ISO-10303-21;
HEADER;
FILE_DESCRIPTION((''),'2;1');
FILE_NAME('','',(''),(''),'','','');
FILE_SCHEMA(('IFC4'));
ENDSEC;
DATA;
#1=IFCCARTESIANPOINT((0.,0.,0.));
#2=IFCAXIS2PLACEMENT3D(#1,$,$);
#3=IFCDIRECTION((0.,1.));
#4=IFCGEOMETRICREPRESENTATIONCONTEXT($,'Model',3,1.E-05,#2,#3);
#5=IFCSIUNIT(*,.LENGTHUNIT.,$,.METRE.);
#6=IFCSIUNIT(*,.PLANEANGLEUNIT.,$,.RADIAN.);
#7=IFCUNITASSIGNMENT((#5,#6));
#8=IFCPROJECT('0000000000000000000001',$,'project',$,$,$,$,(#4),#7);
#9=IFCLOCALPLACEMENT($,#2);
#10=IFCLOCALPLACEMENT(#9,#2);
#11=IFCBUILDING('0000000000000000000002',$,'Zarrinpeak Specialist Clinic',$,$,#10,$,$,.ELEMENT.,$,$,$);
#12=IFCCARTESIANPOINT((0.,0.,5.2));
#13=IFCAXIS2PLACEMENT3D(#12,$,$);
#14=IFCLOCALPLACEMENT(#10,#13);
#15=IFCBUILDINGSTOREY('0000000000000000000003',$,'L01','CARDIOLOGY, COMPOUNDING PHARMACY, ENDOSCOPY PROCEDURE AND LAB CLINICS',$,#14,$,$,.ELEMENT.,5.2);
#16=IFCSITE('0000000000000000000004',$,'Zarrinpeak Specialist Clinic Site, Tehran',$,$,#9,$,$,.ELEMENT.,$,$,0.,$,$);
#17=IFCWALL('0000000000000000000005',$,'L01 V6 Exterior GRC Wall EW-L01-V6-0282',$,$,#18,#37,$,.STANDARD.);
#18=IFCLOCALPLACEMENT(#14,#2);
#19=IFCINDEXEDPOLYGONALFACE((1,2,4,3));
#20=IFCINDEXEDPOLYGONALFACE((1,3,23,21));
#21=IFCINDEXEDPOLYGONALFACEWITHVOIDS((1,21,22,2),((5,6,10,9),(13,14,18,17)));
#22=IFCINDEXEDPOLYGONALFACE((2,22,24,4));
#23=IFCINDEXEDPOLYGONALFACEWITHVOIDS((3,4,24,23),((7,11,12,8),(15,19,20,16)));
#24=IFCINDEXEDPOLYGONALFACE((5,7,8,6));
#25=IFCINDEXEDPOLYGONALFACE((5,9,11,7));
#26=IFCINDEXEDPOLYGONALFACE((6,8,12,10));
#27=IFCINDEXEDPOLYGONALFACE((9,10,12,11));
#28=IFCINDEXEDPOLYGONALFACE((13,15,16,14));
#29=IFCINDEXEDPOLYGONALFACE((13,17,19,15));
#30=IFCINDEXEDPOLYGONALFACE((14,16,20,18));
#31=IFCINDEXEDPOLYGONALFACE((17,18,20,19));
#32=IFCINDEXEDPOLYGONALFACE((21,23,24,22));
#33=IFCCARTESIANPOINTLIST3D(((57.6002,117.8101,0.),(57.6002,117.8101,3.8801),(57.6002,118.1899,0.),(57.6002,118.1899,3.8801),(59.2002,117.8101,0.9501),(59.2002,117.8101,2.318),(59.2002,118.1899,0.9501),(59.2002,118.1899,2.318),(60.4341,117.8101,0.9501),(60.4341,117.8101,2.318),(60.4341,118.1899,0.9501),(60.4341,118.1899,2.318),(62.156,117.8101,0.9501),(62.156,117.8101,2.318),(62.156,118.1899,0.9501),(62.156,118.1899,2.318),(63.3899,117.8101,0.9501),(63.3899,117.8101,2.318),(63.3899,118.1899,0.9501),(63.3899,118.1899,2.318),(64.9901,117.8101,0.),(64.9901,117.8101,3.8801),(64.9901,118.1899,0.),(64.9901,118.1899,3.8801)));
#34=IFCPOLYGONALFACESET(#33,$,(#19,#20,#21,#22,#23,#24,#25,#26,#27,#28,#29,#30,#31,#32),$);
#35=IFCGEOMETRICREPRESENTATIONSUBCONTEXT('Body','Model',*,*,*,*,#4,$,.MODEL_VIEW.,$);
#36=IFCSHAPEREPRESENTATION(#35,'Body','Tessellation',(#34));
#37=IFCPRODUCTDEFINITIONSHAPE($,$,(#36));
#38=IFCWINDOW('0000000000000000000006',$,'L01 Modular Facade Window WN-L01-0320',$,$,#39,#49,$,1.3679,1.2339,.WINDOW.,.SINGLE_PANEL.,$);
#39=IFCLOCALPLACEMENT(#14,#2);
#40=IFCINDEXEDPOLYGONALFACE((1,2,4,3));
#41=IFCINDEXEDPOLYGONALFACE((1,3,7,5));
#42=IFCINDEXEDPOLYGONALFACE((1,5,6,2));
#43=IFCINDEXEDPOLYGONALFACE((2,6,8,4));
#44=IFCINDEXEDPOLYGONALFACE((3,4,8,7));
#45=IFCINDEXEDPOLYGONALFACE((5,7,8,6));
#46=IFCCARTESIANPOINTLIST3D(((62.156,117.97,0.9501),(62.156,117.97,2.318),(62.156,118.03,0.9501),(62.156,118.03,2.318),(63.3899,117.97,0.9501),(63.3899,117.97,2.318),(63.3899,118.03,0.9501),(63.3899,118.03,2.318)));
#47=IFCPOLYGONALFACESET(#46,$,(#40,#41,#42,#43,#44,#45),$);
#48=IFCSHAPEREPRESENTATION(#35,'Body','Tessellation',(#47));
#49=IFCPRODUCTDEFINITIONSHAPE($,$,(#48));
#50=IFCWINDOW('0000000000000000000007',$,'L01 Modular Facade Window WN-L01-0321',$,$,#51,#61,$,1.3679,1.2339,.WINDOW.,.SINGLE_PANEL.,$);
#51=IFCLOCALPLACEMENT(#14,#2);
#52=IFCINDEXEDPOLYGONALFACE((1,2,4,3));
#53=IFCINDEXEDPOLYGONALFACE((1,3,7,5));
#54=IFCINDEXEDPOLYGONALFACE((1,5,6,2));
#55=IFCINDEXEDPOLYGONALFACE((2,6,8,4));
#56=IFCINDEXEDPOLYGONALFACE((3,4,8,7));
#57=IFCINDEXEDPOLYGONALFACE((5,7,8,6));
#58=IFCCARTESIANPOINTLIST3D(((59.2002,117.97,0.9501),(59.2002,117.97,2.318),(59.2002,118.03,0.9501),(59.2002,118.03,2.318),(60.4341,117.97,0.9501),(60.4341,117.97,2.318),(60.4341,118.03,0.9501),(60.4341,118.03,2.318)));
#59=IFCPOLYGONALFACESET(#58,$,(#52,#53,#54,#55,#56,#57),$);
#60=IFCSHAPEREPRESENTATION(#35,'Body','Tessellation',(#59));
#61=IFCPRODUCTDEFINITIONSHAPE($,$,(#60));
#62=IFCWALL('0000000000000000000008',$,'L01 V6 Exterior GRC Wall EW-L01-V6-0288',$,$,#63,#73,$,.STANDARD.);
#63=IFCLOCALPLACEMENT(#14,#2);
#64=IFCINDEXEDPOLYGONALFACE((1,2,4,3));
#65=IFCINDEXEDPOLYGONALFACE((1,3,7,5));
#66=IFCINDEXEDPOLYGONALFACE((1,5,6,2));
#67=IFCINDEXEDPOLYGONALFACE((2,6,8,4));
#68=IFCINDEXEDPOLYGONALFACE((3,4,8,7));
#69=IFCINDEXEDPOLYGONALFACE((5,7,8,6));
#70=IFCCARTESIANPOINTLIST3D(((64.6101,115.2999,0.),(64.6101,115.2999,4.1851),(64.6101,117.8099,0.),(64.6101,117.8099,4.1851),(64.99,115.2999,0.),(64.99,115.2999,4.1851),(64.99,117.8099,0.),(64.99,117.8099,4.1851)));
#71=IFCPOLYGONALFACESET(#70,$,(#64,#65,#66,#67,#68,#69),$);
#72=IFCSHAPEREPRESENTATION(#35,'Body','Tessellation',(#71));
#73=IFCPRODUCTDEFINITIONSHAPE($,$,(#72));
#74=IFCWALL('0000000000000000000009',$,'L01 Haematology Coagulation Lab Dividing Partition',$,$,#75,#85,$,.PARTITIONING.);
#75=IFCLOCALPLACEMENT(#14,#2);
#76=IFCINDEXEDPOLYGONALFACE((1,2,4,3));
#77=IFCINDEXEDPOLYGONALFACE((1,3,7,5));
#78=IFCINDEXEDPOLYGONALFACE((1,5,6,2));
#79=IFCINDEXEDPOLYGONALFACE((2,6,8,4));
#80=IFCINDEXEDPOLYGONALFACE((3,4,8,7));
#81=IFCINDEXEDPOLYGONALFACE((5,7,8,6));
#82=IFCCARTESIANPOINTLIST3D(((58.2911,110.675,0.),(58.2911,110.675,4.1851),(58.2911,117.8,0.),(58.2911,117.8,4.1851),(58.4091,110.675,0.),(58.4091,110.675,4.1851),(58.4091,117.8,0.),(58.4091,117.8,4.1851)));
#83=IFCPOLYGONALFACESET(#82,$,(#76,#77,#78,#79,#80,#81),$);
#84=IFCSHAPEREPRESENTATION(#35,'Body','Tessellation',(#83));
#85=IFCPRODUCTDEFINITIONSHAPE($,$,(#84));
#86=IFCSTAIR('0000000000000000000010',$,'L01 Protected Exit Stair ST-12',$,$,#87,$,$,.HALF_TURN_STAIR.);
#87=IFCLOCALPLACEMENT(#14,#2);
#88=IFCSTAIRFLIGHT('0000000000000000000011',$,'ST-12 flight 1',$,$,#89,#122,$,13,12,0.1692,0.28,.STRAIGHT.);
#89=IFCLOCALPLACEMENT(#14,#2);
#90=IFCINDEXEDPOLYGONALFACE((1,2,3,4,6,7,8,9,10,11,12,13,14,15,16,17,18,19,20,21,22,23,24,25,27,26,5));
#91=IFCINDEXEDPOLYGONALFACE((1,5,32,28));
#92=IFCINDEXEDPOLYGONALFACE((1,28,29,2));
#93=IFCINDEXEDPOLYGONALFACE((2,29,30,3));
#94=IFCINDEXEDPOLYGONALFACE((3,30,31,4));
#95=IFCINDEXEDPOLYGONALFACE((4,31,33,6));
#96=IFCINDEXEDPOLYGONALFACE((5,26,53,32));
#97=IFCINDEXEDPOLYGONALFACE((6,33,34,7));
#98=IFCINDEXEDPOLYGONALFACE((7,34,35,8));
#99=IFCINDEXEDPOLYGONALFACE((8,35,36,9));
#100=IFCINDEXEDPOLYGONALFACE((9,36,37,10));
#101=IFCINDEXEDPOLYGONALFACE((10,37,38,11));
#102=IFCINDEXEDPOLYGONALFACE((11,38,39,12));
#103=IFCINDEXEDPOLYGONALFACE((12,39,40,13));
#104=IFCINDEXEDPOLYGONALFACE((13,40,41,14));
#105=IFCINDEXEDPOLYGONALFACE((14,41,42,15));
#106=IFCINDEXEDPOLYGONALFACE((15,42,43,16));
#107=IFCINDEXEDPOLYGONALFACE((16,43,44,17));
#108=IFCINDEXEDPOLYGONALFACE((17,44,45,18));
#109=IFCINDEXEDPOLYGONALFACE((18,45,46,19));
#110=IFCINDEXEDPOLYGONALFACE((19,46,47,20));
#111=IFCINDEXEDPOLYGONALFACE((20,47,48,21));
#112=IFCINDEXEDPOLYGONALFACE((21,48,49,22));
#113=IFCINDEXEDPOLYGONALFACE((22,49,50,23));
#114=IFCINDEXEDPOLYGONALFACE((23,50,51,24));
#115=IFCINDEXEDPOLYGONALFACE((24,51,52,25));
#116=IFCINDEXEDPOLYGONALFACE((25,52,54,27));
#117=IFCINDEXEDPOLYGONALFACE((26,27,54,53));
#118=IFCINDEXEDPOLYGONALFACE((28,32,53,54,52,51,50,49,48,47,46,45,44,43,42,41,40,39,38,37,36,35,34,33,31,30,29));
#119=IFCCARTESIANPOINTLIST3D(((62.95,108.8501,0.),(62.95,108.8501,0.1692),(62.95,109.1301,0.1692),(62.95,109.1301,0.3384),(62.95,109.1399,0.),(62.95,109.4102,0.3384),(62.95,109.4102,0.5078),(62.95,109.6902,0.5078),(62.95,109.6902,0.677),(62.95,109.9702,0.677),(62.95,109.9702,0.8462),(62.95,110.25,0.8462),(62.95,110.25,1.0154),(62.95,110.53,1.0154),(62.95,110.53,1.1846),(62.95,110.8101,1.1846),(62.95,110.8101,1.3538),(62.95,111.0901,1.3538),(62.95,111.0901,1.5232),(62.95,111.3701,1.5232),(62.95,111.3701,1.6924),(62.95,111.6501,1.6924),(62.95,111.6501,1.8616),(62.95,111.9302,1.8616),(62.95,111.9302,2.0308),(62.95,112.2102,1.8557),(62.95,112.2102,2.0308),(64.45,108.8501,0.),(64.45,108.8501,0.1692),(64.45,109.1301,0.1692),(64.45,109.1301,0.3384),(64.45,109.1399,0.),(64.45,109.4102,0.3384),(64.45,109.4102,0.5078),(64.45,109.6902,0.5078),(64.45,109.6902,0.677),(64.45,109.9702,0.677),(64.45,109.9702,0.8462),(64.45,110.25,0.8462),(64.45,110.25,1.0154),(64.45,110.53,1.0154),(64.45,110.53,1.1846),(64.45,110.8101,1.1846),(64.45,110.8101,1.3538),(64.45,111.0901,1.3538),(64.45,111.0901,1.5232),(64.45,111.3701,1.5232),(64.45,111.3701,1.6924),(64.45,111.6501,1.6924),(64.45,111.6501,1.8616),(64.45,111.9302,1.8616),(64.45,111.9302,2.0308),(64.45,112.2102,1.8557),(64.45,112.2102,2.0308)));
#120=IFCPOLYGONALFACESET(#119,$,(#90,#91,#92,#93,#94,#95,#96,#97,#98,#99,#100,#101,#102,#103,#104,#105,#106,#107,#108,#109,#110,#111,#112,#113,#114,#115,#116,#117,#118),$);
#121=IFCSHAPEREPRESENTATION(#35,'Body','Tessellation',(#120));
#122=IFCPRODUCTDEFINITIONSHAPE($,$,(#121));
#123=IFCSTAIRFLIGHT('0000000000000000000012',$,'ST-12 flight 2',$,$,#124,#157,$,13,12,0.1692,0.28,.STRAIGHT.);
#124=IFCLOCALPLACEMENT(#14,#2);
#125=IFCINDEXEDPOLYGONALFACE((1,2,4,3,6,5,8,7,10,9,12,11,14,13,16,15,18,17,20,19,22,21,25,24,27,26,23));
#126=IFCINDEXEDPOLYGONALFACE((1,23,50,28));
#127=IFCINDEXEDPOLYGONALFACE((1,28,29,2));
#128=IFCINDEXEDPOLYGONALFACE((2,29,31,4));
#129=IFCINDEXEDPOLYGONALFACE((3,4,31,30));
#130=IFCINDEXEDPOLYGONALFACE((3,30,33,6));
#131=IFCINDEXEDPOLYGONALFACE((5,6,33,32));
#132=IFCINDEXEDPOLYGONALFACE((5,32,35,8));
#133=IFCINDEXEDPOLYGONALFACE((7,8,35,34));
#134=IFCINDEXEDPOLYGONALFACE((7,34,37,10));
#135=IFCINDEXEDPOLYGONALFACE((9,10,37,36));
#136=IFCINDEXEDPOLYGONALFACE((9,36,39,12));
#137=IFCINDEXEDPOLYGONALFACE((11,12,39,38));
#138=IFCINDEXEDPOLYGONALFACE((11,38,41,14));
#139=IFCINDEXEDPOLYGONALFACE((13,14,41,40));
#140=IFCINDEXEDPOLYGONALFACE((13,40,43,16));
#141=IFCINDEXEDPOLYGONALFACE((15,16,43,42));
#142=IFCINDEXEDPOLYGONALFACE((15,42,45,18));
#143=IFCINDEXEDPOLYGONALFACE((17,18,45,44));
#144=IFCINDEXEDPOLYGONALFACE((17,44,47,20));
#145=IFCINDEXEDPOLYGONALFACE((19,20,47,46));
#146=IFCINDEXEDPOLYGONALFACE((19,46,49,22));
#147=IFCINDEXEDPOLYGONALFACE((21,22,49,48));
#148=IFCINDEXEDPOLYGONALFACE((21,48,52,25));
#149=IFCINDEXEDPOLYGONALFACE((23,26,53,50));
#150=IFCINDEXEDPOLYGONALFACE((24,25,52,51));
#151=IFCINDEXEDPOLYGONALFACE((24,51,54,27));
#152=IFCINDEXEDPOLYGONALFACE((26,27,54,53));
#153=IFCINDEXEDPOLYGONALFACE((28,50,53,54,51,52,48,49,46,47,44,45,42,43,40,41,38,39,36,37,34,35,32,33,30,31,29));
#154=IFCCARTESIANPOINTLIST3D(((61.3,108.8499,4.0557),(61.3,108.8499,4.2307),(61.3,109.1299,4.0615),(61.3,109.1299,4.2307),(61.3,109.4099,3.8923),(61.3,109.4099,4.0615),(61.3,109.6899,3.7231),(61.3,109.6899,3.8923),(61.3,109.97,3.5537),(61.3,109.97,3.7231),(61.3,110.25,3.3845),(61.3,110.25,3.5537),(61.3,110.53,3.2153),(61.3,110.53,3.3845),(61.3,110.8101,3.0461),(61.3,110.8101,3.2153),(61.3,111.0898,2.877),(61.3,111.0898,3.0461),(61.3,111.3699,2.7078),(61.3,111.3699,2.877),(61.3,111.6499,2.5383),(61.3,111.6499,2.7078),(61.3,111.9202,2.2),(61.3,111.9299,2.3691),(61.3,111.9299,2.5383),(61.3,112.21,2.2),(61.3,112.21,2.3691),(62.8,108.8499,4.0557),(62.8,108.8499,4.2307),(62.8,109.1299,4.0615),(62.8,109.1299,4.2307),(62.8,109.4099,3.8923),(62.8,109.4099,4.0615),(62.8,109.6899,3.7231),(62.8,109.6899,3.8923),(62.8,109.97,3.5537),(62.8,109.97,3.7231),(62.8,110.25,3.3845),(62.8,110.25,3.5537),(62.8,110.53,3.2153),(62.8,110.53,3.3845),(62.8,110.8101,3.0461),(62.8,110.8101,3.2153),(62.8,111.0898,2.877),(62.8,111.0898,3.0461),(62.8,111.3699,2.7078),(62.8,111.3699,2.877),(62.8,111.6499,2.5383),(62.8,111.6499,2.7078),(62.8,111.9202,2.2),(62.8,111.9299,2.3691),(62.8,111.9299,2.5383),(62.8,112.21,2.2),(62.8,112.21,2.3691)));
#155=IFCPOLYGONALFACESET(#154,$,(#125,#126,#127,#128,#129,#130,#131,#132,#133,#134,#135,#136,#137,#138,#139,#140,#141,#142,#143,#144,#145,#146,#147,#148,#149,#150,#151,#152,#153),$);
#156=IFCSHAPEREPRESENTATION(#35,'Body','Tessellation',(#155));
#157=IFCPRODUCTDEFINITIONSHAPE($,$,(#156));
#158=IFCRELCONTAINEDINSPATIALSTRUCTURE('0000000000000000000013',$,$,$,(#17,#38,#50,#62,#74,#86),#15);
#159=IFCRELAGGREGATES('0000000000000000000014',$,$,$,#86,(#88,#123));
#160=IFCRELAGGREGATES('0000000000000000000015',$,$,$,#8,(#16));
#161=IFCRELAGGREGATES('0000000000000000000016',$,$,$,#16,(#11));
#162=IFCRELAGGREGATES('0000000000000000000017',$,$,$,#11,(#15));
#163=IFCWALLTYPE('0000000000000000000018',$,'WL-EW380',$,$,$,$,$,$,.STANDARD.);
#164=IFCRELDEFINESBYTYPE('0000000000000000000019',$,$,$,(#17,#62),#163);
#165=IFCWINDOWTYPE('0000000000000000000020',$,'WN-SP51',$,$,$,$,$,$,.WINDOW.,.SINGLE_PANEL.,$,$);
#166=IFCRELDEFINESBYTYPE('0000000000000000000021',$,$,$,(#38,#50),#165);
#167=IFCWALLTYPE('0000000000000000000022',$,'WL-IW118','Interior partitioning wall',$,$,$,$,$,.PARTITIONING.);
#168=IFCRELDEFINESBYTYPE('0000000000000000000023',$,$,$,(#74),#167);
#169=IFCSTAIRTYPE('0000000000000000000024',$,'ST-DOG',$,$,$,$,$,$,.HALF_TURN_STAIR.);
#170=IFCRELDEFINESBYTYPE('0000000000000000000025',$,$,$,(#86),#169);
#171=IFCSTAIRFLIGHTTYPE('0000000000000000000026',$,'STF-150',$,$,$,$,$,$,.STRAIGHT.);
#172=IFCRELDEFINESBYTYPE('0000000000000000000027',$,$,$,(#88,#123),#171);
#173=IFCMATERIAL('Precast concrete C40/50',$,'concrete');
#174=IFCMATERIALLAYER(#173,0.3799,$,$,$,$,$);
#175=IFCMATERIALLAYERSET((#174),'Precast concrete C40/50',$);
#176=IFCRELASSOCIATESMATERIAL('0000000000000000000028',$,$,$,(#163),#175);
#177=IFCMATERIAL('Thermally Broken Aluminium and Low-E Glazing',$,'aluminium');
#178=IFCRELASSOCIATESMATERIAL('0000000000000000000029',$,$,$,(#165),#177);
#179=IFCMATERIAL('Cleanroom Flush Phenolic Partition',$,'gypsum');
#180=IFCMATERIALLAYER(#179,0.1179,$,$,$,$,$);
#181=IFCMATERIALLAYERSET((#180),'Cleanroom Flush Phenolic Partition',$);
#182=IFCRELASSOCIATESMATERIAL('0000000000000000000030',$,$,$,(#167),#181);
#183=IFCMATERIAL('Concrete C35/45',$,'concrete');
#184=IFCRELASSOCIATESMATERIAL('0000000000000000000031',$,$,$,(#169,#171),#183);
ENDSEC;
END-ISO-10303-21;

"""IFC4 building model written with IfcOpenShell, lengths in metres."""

from ifc_helpers import new_model, si_unit, direction, frame, frame_2d, origin, place, context, subcontext, project, spatial, polyline, rectangle, outline, extrude, material, layer, layer_set, type_object, element, fill, aggregate, save


model = new_model("IFC4")

# Units and contexts
model_context = context("Model", 3, precision=1e-05, world=origin(), true_north=direction((0.0, 1.0)))
body_context = subcontext(model_context, "Body", "Model", "MODEL_VIEW")
ifc_project = project(units=[si_unit("LENGTHUNIT", "METRE"), si_unit("PLANEANGLEUNIT", "RADIAN")], contexts=[model_context])

# Site, building, storey
site_placement = place(None, origin())
site = spatial("IfcSite", under=ifc_project, at=site_placement, Name="Zarrinpeak Specialist Clinic Site, Tehran", CompositionType="ELEMENT", RefElevation=0.0)
building_placement = place(site_placement, origin())
building = spatial("IfcBuilding", under=site, at=building_placement, Name="Zarrinpeak Specialist Clinic", CompositionType="ELEMENT")
storey_placement = place(building_placement, frame((0.0, 0.0, 5.2)))
storey = spatial("IfcBuildingStorey", under=building, at=storey_placement, Name="L01", Description="CARDIOLOGY, COMPOUNDING PHARMACY, ENDOSCOPY PROCEDURE AND LAB CLINICS", CompositionType="ELEMENT", Elevation=5.2)

# Wall, openings, windows
ifc_material_1 = material(Name="Precast concrete C40/50", Category="concrete")
ifc_layer_1 = layer(ifc_material_1, 0.3799)
ifc_layer_set_1 = layer_set([ifc_layer_1], Name="Precast concrete C40/50")
wall_type_1 = type_object("IfcWallType", Name="WL-EW380", PredefinedType="STANDARD", material=ifc_layer_set_1)
wall_1_placement = place(storey_placement, frame((64.99, 118.0, 0.0), z_axis=(0.0, 0.0, 1.0), x_axis=(-1.0, 0.0, 0.0)))
wall_1 = element("IfcWall", 1, at=wall_1_placement, inside=storey, type_object=wall_type_1, Name="L01 V6 Exterior GRC Wall EW-L01-V6-0282", PredefinedType="STANDARD", context=body_context, shape_type="SweptSolid", body=[
    extrude(rectangle(XDim=7.3899, YDim=0.3799, at=frame_2d((3.6948, 0.0))), origin(), (0.0, 0.0, 1.0), 3.8801),
])
opening_1_placement = place(wall_1_placement, frame((1.6001, 0.0, 0.95)))
opening_1 = element("IfcOpeningElement", 2, at=opening_1_placement, cuts=wall_1, PredefinedType="OPENING", context=body_context, shape_type="SweptSolid", body=[
    extrude(rectangle(XDim=1.2339, YDim=1.3679, at=frame_2d((0.6169, 0.6841))), frame((0.0, 0.2, 0.0), z_axis=(0.0, -1.0, 0.0), x_axis=(1.0, 0.0, 0.0)), (0.0, 0.0, 1.0), 0.3999),
])
opening_2_placement = place(wall_1_placement, frame((4.5559, 0.0, 0.95)))
opening_2 = element("IfcOpeningElement", 3, at=opening_2_placement, cuts=wall_1, PredefinedType="OPENING", context=body_context, shape_type="SweptSolid", body=[
    extrude(rectangle(XDim=1.2339, YDim=1.3679, at=frame_2d((0.6169, 0.6841))), frame((0.0, 0.2, 0.0), z_axis=(0.0, -1.0, 0.0), x_axis=(1.0, 0.0, 0.0)), (0.0, 0.0, 1.0), 0.3999),
])
ifc_material_2 = material(Name="Thermally Broken Aluminium and Low-E Glazing", Category="aluminium")
window_type = type_object("IfcWindowType", Name="WN-SP51", PartitioningType="SINGLE_PANEL", PredefinedType="WINDOW", material=ifc_material_2)
window_1_placement = place(opening_1_placement, origin())
window_1 = element("IfcWindow", 4, at=window_1_placement, inside=storey, type_object=window_type, Name="L01 Modular Facade Window WN-L01-0320", OverallHeight=1.3679, OverallWidth=1.2339, PartitioningType="SINGLE_PANEL", PredefinedType="WINDOW", context=body_context, shape_type="SweptSolid", body=[
    extrude(rectangle(XDim=1.2339, YDim=1.3679, at=frame_2d((0.6169, 0.6841))), frame((0.0, 0.03, 0.0), z_axis=(0.0, -1.0, 0.0), x_axis=(1.0, 0.0, 0.0)), (0.0, 0.0, 1.0), 0.0601),
])
fill(opening_1, window_1)
window_2_placement = place(opening_2_placement, origin())
window_2 = element("IfcWindow", 5, at=window_2_placement, inside=storey, type_object=window_type, Name="L01 Modular Facade Window WN-L01-0321", OverallHeight=1.3679, OverallWidth=1.2339, PartitioningType="SINGLE_PANEL", PredefinedType="WINDOW", context=body_context, shape_type="SweptSolid", body=[
    extrude(rectangle(XDim=1.2339, YDim=1.3679, at=frame_2d((0.6169, 0.6841))), frame((0.0, 0.03, 0.0), z_axis=(0.0, -1.0, 0.0), x_axis=(1.0, 0.0, 0.0)), (0.0, 0.0, 1.0), 0.0601),
])
fill(opening_2, window_2)

# Walls
wall_2_placement = place(storey_placement, frame((64.8, 115.3, 0.0), z_axis=(0.0, 0.0, 1.0), x_axis=(0.0, 1.0, 0.0)))
element("IfcWall", 6, at=wall_2_placement, inside=storey, type_object=wall_type_1, Name="L01 V6 Exterior GRC Wall EW-L01-V6-0288", PredefinedType="STANDARD", context=body_context, shape_type="SweptSolid", body=[
    extrude(rectangle(XDim=2.51, YDim=0.3799, at=frame_2d((1.2549, 0.0))), origin(), (0.0, 0.0, 1.0), 4.1851),
])
ifc_material_3 = material(Name="Cleanroom Flush Phenolic Partition", Category="gypsum")
ifc_layer_2 = layer(ifc_material_3, 0.1179)
ifc_layer_set_2 = layer_set([ifc_layer_2], Name="Cleanroom Flush Phenolic Partition")
wall_type_2 = type_object("IfcWallType", Name="WL-IW118", Description="Interior partitioning wall", PredefinedType="PARTITIONING", material=ifc_layer_set_2)
wall_3_placement = place(storey_placement, frame((58.3501, 110.675, 0.0), z_axis=(0.0, 0.0, 1.0), x_axis=(0.0, 1.0, 0.0)))
element("IfcWall", 7, at=wall_3_placement, inside=storey, type_object=wall_type_2, Name="L01 Haematology Coagulation Lab Dividing Partition", PredefinedType="PARTITIONING", context=body_context, shape_type="SweptSolid", body=[
    extrude(rectangle(XDim=7.125, YDim=0.1179, at=frame_2d((3.5625, 0.0))), origin(), (0.0, 0.0, 1.0), 4.1851),
])

# Stair, stair flights
ifc_material_4 = material(Name="Concrete C35/45", Category="concrete")
stair_type = type_object("IfcStairType", Name="ST-DOG", PredefinedType="HALF_TURN_STAIR", material=ifc_material_4)
stair_placement = place(storey_placement, origin())
stair = element("IfcStair", 8, at=stair_placement, inside=storey, type_object=stair_type, Name="L01 Protected Exit Stair ST-12", PredefinedType="HALF_TURN_STAIR")
stair_flight_type = type_object("IfcStairFlightType", Name="STF-150", PredefinedType="STRAIGHT", material=ifc_material_4)
stair_flight_1_placement = place(storey_placement, frame((63.7, 108.8501, 0.0), z_axis=(0.0, 0.0, 1.0), x_axis=(0.0, 1.0, 0.0)))
stair_flight_1 = element("IfcStairFlight", 9, at=stair_flight_1_placement, type_object=stair_flight_type, Name="ST-12 flight 1", NumberOfRisers=13, NumberOfTreads=12, PredefinedType="STRAIGHT", RiserHeight=0.1692, TreadLength=0.28, context=body_context, shape_type="SweptSolid", body=[
    extrude(outline(polyline([(0.0, 0.0), (0.0, 0.1692), (0.28, 0.1692), (0.28, 0.3384), (0.5601, 0.3384), (0.5601, 0.5078), (0.8401, 0.5078), (0.8401, 0.677), (1.1201, 0.677), (1.1201, 0.8462), (1.3999, 0.8462), (1.3999, 1.0154), (1.6799, 1.0154), (1.6799, 1.1846), (1.96, 1.1846), (1.96, 1.3538), (2.24, 1.3538), (2.24, 1.5232), (2.52, 1.5232), (2.52, 1.6924), (2.8, 1.6924), (2.8, 1.8616), (3.0801, 1.8616), (3.0801, 2.0308), (3.3601, 2.0308), (3.3601, 2.2), (3.3601, 1.8557), (0.2898, 0.0), (0.0, 0.0)])), frame((0.0, 0.75, 0.0), z_axis=(0.0, -1.0, 0.0), x_axis=(1.0, 0.0, 0.0)), (0.0, 0.0, 1.0), 1.5),
])
stair_flight_2_placement = place(storey_placement, frame((62.05, 112.21, 2.2), z_axis=(0.0, 0.0, 1.0), x_axis=(0.0, -1.0, 0.0)))
stair_flight_2 = element("IfcStairFlight", 10, at=stair_flight_2_placement, type_object=stair_flight_type, Name="ST-12 flight 2", NumberOfRisers=13, NumberOfTreads=12, PredefinedType="STRAIGHT", RiserHeight=0.1692, TreadLength=0.28, context=body_context, shape_type="SweptSolid", body=[
    extrude(outline(polyline([(0.0, 0.0), (0.0, 0.1692), (0.28, 0.1692), (0.28, 0.3384), (0.5601, 0.3384), (0.5601, 0.5078), (0.8401, 0.5078), (0.8401, 0.677), (1.1201, 0.677), (1.1201, 0.8462), (1.3999, 0.8462), (1.3999, 1.0154), (1.6799, 1.0154), (1.6799, 1.1846), (1.96, 1.1846), (1.96, 1.3538), (2.24, 1.3538), (2.24, 1.5232), (2.52, 1.5232), (2.52, 1.6924), (2.8, 1.6924), (2.8, 1.8616), (3.0801, 1.8616), (3.0801, 2.0308), (3.3601, 2.0308), (3.3601, 2.2), (3.3601, 1.8557), (0.2898, 0.0), (0.0, 0.0)])), frame((0.0, 0.75, 0.0), z_axis=(0.0, -1.0, 0.0), x_axis=(1.0, 0.0, 0.0)), (0.0, 0.0, 1.0), 1.5),
])
aggregate(stair, [stair_flight_1, stair_flight_2])

save(model, "model.ifc")
